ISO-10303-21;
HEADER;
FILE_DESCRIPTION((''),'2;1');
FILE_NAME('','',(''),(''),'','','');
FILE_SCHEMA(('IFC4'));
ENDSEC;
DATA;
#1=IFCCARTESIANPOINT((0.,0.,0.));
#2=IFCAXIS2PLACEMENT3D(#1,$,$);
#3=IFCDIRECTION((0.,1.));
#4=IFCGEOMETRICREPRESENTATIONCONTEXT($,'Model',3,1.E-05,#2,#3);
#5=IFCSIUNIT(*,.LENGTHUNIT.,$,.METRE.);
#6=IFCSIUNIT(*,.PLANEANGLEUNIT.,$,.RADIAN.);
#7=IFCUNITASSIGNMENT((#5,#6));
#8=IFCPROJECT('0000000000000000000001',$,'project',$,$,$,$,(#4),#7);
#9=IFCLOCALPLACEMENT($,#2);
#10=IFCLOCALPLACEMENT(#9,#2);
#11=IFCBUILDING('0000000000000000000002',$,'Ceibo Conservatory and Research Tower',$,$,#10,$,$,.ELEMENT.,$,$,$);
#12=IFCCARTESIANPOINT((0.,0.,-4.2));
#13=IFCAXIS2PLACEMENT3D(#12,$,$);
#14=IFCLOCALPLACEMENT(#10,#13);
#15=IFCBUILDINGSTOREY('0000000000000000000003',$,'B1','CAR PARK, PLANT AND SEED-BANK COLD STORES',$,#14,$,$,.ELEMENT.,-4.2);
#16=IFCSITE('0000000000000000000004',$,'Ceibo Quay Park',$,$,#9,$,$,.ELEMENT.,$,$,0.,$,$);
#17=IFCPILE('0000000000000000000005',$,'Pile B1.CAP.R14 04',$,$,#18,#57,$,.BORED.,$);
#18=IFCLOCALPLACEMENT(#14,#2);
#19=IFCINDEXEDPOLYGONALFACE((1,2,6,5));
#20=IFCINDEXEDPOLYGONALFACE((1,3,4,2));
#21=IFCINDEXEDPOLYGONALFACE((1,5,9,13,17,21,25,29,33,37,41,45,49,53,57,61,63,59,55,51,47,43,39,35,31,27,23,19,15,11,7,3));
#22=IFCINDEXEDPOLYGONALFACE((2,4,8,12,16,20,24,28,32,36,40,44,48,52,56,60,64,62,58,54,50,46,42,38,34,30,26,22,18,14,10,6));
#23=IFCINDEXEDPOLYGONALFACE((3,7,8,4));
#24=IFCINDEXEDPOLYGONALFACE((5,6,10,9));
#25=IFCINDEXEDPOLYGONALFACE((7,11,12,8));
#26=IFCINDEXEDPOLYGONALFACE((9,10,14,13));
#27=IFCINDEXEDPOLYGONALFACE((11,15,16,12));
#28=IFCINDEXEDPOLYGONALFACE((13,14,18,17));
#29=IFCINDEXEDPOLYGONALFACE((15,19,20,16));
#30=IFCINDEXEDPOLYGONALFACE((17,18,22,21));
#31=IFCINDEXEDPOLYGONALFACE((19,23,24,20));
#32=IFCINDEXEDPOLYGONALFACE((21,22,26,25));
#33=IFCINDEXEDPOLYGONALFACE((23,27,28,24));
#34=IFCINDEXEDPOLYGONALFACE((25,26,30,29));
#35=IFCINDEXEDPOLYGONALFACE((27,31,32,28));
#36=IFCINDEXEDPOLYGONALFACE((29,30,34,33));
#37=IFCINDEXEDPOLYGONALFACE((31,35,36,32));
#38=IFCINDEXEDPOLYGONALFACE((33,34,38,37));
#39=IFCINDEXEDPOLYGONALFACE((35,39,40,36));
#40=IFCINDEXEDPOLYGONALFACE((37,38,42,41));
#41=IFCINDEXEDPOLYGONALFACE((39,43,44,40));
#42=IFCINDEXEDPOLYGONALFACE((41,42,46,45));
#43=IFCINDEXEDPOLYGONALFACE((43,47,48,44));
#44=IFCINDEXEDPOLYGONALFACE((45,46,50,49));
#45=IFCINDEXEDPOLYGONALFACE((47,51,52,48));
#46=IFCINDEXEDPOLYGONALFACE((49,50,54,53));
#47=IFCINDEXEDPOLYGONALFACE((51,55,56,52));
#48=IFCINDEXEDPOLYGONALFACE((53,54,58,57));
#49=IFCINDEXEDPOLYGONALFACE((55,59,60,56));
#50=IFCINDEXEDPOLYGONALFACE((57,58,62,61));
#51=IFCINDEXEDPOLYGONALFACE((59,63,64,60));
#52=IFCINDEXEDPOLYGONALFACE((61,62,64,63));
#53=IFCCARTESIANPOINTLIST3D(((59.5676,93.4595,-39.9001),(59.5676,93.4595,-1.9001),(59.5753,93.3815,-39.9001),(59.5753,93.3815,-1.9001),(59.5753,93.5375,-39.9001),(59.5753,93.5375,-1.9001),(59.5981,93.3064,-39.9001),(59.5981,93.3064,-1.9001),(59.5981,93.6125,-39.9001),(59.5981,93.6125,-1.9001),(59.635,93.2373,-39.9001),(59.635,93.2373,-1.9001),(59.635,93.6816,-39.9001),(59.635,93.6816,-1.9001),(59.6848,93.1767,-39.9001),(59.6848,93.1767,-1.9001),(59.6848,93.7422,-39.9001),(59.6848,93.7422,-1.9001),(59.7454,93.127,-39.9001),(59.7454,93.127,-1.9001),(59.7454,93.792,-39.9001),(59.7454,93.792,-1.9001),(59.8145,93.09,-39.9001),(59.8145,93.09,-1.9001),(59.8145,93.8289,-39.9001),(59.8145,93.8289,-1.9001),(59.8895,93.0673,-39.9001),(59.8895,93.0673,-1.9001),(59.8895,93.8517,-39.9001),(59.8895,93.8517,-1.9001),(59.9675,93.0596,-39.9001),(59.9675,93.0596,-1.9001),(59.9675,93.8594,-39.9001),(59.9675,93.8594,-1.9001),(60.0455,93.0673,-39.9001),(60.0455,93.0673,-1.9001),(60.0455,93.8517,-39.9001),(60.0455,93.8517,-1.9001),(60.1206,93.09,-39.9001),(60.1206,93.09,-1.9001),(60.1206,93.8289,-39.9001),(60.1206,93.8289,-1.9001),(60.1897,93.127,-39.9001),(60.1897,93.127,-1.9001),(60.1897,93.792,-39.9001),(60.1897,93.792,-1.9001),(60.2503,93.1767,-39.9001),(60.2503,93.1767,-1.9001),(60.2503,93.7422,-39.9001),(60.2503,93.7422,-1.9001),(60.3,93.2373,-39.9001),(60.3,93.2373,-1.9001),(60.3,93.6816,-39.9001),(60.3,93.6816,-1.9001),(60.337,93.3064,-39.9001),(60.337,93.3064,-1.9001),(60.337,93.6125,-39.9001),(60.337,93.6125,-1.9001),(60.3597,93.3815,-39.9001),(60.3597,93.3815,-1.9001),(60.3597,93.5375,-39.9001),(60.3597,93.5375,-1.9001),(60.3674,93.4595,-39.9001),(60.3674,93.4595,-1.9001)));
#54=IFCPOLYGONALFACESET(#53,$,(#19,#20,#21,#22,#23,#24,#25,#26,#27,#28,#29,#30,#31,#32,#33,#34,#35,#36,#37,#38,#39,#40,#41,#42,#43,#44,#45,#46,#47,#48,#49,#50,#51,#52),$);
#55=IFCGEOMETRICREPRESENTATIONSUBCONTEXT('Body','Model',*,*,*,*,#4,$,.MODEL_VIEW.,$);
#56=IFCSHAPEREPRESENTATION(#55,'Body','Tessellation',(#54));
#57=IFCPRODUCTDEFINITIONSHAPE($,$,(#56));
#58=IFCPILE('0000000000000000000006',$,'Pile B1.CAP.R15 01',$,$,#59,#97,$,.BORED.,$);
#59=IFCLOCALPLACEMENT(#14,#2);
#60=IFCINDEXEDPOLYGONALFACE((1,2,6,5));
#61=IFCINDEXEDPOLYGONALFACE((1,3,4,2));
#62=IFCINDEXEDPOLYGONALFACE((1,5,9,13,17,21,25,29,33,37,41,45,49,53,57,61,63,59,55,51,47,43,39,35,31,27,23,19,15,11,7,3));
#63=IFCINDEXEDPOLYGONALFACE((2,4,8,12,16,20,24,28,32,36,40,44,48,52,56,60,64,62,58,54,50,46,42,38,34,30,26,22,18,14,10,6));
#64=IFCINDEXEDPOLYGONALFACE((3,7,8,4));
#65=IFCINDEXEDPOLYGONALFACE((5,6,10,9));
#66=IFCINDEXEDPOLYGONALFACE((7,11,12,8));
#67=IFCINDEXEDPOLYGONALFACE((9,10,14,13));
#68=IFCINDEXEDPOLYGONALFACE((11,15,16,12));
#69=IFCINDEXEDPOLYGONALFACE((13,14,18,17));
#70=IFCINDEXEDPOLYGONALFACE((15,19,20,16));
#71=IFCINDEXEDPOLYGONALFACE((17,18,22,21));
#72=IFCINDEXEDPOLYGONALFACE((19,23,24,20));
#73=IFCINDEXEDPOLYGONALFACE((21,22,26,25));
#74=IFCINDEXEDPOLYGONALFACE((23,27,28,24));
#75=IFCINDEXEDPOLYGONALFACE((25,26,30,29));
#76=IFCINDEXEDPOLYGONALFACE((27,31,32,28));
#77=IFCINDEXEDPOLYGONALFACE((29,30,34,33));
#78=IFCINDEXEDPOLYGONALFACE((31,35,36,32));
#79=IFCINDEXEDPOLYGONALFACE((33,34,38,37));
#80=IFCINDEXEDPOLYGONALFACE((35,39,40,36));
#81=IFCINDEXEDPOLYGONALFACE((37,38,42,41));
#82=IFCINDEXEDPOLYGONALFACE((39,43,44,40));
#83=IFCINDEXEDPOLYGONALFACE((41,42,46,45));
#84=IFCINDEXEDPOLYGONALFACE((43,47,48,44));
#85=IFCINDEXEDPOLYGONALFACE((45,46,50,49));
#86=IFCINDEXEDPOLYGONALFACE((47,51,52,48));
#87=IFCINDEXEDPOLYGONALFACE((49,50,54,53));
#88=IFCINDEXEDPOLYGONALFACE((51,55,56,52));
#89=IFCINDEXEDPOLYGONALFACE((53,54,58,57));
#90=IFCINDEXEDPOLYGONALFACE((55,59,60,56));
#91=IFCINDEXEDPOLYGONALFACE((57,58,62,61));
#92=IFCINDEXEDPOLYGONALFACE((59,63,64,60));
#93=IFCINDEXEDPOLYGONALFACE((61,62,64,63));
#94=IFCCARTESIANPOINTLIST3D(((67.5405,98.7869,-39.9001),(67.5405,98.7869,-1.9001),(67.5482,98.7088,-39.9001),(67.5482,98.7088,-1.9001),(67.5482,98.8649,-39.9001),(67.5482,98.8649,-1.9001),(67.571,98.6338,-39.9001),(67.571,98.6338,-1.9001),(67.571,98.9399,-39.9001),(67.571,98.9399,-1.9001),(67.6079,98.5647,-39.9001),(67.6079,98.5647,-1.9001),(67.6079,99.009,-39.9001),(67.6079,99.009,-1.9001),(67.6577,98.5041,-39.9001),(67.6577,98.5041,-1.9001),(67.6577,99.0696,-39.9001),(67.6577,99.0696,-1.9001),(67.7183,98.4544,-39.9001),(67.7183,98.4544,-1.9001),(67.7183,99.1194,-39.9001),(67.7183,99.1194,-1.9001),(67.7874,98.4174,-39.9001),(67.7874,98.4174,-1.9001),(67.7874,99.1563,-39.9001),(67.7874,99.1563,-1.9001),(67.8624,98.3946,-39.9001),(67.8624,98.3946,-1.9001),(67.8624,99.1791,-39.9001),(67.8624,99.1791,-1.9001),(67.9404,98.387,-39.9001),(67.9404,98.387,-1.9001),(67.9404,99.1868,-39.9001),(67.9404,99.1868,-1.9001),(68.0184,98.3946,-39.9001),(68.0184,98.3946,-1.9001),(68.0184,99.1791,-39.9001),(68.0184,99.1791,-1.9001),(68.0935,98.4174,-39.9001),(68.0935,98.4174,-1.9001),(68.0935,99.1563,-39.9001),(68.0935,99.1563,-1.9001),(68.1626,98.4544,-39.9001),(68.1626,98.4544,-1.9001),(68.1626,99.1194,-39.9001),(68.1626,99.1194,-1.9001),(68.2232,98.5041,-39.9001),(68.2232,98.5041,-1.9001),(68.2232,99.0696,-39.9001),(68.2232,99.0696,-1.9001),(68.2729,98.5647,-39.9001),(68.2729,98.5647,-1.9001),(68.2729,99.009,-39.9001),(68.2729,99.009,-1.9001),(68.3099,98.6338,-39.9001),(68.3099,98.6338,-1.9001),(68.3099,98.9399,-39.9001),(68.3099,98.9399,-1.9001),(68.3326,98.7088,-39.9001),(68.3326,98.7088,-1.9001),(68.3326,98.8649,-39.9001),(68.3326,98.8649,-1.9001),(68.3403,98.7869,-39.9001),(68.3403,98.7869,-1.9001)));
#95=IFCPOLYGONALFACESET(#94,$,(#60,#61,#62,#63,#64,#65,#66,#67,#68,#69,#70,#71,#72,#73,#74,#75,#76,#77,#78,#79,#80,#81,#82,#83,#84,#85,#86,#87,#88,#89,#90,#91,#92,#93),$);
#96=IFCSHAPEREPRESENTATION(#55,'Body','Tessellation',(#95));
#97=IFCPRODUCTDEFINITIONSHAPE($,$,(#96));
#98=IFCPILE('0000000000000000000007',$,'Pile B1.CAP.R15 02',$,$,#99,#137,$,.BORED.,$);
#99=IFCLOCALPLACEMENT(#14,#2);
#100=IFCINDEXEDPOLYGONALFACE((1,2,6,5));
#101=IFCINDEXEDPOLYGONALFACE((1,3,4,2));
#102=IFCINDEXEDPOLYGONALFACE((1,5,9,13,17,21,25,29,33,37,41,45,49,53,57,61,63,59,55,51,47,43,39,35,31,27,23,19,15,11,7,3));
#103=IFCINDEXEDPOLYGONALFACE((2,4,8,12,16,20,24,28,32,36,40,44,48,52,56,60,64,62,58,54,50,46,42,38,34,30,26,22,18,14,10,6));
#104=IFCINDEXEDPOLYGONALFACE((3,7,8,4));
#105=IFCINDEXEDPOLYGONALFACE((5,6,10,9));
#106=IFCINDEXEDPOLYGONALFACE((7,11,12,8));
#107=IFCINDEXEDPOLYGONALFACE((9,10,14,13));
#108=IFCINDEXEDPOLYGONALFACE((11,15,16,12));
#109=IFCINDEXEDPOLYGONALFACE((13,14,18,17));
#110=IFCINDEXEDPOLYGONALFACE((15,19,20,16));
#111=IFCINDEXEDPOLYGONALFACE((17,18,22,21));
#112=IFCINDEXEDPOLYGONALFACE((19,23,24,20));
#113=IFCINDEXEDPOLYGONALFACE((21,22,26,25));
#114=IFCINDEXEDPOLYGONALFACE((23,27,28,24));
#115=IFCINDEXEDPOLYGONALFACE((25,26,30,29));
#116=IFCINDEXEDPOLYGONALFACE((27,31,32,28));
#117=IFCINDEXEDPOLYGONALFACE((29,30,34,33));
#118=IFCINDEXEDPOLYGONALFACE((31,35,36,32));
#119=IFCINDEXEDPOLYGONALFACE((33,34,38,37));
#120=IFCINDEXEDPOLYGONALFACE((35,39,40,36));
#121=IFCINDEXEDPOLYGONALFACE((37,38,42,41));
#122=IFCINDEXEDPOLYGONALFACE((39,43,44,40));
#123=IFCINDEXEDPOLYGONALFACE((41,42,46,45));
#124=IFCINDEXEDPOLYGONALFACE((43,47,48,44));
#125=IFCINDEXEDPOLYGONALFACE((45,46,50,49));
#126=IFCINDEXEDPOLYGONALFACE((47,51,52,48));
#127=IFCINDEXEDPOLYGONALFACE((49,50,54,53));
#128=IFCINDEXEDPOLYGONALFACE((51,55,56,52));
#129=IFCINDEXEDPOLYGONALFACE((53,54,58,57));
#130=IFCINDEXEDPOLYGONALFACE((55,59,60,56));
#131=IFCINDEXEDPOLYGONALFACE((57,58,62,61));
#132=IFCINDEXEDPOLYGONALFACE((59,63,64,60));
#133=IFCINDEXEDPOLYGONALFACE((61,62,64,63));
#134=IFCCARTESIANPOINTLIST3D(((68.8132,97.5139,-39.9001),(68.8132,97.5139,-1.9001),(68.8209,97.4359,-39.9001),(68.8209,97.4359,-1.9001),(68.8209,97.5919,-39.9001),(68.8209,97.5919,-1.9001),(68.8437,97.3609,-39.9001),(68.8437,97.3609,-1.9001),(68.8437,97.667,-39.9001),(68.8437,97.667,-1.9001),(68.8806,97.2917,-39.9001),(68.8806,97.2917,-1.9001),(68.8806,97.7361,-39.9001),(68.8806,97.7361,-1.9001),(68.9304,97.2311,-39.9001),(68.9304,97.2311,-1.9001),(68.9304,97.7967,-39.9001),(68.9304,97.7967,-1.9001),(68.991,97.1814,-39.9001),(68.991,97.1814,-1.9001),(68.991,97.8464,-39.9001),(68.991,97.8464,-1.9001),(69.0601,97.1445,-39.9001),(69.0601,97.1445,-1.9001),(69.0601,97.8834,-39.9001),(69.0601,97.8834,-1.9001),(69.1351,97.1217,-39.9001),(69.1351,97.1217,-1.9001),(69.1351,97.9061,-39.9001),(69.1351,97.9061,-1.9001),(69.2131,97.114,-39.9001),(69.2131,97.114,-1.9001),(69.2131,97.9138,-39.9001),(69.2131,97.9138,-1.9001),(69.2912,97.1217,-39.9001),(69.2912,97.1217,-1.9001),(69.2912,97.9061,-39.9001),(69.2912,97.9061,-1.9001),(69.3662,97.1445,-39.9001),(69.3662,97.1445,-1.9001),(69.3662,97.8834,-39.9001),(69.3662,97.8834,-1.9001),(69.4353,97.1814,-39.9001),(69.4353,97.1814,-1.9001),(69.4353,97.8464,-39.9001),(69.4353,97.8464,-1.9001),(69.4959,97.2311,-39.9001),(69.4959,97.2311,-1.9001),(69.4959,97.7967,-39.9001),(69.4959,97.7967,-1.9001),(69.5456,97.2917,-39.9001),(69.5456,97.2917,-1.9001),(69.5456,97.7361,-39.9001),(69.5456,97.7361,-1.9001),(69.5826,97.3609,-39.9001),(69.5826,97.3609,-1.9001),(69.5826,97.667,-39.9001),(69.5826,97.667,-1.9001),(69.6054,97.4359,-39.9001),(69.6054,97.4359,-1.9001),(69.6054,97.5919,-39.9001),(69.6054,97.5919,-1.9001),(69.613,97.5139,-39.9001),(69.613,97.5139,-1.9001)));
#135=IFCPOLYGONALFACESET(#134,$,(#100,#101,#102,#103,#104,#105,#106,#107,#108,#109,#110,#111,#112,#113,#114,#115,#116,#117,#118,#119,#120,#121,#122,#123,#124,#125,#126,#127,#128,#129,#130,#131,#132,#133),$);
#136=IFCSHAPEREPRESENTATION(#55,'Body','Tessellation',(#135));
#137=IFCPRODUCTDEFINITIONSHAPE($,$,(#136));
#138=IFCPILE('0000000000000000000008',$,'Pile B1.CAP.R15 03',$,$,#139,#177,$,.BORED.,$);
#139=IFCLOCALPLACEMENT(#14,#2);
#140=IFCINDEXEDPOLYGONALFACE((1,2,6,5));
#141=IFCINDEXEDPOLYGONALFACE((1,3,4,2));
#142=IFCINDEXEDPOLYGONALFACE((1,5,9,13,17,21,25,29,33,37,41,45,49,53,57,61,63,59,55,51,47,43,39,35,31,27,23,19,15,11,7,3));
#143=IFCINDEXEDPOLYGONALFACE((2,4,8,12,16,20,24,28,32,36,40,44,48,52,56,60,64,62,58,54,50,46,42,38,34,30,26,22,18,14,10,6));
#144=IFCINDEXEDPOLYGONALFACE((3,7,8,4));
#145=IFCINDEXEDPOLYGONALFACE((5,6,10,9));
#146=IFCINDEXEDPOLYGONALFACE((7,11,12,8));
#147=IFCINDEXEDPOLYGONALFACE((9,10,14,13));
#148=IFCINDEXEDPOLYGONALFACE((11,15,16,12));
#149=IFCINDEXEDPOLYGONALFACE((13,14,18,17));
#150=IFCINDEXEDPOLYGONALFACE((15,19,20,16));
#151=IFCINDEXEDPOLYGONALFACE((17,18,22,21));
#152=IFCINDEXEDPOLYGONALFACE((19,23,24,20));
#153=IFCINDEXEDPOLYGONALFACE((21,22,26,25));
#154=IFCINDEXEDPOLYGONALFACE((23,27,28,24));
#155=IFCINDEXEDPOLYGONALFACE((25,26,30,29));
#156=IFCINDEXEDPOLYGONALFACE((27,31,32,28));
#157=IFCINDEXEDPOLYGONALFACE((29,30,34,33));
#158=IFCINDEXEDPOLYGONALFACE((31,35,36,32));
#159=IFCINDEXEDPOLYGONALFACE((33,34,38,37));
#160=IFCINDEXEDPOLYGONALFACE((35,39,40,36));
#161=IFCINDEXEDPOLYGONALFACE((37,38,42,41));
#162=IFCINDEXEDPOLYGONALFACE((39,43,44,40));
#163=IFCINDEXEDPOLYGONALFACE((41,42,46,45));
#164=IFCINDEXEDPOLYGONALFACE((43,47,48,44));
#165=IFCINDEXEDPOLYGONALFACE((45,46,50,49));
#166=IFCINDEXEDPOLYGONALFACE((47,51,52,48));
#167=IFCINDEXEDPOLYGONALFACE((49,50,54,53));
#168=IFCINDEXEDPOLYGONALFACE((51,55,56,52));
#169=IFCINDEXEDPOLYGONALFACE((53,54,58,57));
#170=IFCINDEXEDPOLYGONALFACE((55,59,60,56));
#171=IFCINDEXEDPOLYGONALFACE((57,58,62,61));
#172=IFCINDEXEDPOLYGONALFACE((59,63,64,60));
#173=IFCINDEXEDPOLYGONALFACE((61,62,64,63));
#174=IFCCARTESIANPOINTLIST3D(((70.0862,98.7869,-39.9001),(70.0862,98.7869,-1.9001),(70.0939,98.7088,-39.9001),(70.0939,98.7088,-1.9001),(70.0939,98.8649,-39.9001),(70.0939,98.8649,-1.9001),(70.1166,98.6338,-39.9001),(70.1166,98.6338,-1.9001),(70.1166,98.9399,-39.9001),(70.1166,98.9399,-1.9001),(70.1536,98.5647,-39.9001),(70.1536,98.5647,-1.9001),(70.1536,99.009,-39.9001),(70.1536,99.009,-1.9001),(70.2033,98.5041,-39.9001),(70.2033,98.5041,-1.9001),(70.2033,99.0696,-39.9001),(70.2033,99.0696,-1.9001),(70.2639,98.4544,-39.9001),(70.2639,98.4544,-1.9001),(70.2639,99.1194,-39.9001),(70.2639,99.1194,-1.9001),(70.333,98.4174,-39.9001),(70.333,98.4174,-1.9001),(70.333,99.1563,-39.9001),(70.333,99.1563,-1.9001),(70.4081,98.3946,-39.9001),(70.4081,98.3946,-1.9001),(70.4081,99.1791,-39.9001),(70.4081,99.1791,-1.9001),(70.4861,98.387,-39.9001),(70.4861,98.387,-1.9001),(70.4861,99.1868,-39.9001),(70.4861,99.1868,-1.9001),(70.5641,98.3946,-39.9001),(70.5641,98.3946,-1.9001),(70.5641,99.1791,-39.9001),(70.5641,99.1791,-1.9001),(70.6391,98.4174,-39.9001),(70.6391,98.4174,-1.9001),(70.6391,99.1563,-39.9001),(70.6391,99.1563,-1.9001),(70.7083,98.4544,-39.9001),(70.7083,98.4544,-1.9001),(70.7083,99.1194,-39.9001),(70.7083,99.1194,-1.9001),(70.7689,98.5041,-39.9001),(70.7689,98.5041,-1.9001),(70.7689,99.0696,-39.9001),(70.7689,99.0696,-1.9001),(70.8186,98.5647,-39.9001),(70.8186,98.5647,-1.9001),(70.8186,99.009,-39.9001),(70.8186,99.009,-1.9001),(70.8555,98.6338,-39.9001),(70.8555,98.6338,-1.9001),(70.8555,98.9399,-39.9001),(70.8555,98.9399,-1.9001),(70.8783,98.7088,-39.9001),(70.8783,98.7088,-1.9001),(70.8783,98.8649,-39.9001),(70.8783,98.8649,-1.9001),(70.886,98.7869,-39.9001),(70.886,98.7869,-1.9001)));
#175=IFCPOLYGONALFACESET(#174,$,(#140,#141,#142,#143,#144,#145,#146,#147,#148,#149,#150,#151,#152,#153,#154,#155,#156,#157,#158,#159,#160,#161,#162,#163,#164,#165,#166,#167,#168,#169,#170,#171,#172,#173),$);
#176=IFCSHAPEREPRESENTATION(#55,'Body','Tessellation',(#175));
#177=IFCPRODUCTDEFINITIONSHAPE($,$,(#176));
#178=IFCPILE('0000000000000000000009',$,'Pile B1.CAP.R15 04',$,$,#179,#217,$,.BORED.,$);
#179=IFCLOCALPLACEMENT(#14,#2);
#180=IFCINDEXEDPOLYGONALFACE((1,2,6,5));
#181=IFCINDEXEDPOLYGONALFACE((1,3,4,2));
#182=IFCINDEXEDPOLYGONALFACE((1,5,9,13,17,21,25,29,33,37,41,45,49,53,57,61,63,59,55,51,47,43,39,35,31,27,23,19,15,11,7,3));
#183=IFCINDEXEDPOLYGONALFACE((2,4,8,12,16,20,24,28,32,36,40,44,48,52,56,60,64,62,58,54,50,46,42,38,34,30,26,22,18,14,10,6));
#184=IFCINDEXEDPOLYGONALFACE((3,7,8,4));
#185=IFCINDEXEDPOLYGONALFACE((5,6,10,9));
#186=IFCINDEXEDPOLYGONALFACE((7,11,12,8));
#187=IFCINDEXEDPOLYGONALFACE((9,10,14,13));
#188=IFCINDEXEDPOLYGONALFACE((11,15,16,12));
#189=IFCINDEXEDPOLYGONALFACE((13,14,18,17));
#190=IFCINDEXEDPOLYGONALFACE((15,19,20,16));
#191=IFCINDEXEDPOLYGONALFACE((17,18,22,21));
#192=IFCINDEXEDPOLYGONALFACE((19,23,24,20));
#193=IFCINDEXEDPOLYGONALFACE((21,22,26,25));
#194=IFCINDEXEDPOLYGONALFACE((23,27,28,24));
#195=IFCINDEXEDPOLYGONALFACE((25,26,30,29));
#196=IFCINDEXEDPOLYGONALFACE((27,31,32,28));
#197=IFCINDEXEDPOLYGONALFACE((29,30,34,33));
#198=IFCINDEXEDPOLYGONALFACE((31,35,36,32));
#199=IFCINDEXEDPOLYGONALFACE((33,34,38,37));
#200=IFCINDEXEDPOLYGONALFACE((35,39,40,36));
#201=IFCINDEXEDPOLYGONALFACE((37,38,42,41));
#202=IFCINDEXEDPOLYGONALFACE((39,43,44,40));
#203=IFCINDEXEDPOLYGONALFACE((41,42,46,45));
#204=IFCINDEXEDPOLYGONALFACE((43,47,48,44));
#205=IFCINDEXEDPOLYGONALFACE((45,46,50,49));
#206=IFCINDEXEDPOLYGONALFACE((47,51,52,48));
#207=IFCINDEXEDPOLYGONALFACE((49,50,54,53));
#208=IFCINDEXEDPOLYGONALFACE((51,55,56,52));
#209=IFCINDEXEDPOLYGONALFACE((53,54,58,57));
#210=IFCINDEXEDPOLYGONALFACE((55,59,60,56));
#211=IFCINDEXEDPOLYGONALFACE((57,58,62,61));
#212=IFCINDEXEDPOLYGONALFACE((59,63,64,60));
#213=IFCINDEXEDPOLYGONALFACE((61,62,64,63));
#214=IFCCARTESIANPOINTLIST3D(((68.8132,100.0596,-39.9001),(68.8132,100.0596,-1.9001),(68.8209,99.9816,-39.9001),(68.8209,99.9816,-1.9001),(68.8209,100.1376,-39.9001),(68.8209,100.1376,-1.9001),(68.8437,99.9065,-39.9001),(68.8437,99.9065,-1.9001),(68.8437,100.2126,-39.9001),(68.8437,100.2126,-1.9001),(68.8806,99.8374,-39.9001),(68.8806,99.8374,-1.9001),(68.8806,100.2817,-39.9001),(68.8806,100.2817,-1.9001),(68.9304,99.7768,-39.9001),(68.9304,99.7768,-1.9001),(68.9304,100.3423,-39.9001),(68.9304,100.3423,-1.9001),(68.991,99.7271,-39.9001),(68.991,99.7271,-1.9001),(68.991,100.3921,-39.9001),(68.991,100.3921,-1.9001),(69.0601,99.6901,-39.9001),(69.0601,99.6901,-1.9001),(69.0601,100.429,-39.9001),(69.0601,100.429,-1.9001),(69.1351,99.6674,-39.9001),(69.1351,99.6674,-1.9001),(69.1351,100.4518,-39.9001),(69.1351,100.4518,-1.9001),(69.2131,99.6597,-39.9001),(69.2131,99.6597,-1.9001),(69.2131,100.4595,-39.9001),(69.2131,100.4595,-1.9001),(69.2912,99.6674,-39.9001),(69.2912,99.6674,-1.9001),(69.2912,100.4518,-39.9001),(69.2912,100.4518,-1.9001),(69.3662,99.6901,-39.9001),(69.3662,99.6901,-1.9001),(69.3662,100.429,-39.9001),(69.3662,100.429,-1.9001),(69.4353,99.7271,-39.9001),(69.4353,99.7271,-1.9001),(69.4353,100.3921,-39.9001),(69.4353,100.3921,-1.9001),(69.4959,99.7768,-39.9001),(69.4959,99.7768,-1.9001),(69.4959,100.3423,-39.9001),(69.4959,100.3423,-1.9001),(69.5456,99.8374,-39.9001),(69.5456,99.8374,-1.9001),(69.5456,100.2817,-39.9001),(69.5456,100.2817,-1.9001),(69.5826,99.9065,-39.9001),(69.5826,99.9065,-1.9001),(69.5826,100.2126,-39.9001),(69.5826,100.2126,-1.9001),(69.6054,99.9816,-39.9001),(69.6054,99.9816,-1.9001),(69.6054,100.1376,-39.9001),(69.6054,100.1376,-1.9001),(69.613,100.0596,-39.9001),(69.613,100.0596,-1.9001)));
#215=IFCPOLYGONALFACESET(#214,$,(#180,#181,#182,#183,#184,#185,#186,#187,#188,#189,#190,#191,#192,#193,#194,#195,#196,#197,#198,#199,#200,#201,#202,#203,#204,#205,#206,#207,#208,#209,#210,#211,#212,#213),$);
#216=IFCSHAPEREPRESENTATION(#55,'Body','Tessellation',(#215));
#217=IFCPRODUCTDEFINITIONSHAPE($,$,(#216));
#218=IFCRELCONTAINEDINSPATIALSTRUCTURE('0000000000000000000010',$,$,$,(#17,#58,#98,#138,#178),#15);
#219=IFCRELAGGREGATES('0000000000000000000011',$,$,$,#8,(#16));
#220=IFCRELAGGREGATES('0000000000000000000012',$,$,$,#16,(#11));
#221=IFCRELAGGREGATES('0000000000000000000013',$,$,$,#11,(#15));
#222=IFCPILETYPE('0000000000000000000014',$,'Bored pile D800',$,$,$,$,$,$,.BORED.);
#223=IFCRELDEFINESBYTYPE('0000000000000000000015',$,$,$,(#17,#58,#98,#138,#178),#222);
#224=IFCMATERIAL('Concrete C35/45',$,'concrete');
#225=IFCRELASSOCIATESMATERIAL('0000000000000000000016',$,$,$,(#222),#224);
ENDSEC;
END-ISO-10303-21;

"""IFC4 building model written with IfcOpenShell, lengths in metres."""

from ifc_helpers import new_model, si_unit, direction, frame, origin, origin_2d, place, context, subcontext, project, spatial, circle, extrude, material, material_profile, profile_set, type_object, element, save


model = new_model("IFC4")

# Units and contexts
model_context = context("Model", 3, precision=1e-05, world=origin(), true_north=direction((0.0, 1.0)))
body_context = subcontext(model_context, "Body", "Model", "MODEL_VIEW")
ifc_project = project(units=[si_unit("LENGTHUNIT", "METRE"), si_unit("PLANEANGLEUNIT", "RADIAN")], contexts=[model_context])

# Site, building, storey
site_placement = place(None, origin())
site = spatial("IfcSite", under=ifc_project, at=site_placement, Name="Ceibo Quay Park", CompositionType="ELEMENT", RefElevation=0.0)
building_placement = place(site_placement, origin())
building = spatial("IfcBuilding", under=site, at=building_placement, Name="Ceibo Conservatory and Research Tower", CompositionType="ELEMENT")
storey_placement = place(building_placement, frame((0.0, 0.0, -4.2)))
storey = spatial("IfcBuildingStorey", under=building, at=storey_placement, Name="B1", Description="CAR PARK, PLANT AND SEED-BANK COLD STORES", CompositionType="ELEMENT", Elevation=-4.2)

# Piles
ifc_material_1 = material(Name="Concrete C35/45", Category="concrete")
ifc_material_profile_1 = material_profile(ifc_material_1, circle(Radius=0.3999, at=origin_2d()), Name="RC D800")
ifc_profile_set_1 = profile_set([ifc_material_profile_1], Name="Concrete C35/45")
pile_type_1 = type_object("IfcPileType", Name="Bored pile D800", PredefinedType="BORED", material=ifc_profile_set_1)
for number, where, z_axis, x_axis, name in (
    (1, (59.9675, 93.4595, -1.9001), (0.0, 0.0, -1.0), (1.0, 0.0, 0.0), "Pile B1.CAP.R14 04"),
    (2, (67.9404, 98.7869, -1.9001), (0.0, 0.0, -1.0), (1.0, 0.0, 0.0), "Pile B1.CAP.R15 01"),
    (3, (69.2131, 97.5139, -1.9001), (0.0, 0.0, -1.0), (1.0, 0.0, 0.0), "Pile B1.CAP.R15 02"),
    (4, (70.4861, 98.7869, -1.9001), (0.0, 0.0, -1.0), (1.0, 0.0, 0.0), "Pile B1.CAP.R15 03"),
    (5, (69.2131, 100.0596, -1.9001), (0.0, 0.0, -1.0), (1.0, 0.0, 0.0), "Pile B1.CAP.R15 04"),
):
    element("IfcPile", number, at=place(storey_placement, frame(where, z_axis=z_axis, x_axis=x_axis)), inside=storey, type_object=pile_type_1, Name=name, PredefinedType="BORED", context=body_context, shape_type="SweptSolid", body=[
        extrude(circle(Radius=0.3999, at=origin_2d()), origin(), (0.0, 0.0, 1.0), 38.0),
    ])

save(model, "model.ifc")
